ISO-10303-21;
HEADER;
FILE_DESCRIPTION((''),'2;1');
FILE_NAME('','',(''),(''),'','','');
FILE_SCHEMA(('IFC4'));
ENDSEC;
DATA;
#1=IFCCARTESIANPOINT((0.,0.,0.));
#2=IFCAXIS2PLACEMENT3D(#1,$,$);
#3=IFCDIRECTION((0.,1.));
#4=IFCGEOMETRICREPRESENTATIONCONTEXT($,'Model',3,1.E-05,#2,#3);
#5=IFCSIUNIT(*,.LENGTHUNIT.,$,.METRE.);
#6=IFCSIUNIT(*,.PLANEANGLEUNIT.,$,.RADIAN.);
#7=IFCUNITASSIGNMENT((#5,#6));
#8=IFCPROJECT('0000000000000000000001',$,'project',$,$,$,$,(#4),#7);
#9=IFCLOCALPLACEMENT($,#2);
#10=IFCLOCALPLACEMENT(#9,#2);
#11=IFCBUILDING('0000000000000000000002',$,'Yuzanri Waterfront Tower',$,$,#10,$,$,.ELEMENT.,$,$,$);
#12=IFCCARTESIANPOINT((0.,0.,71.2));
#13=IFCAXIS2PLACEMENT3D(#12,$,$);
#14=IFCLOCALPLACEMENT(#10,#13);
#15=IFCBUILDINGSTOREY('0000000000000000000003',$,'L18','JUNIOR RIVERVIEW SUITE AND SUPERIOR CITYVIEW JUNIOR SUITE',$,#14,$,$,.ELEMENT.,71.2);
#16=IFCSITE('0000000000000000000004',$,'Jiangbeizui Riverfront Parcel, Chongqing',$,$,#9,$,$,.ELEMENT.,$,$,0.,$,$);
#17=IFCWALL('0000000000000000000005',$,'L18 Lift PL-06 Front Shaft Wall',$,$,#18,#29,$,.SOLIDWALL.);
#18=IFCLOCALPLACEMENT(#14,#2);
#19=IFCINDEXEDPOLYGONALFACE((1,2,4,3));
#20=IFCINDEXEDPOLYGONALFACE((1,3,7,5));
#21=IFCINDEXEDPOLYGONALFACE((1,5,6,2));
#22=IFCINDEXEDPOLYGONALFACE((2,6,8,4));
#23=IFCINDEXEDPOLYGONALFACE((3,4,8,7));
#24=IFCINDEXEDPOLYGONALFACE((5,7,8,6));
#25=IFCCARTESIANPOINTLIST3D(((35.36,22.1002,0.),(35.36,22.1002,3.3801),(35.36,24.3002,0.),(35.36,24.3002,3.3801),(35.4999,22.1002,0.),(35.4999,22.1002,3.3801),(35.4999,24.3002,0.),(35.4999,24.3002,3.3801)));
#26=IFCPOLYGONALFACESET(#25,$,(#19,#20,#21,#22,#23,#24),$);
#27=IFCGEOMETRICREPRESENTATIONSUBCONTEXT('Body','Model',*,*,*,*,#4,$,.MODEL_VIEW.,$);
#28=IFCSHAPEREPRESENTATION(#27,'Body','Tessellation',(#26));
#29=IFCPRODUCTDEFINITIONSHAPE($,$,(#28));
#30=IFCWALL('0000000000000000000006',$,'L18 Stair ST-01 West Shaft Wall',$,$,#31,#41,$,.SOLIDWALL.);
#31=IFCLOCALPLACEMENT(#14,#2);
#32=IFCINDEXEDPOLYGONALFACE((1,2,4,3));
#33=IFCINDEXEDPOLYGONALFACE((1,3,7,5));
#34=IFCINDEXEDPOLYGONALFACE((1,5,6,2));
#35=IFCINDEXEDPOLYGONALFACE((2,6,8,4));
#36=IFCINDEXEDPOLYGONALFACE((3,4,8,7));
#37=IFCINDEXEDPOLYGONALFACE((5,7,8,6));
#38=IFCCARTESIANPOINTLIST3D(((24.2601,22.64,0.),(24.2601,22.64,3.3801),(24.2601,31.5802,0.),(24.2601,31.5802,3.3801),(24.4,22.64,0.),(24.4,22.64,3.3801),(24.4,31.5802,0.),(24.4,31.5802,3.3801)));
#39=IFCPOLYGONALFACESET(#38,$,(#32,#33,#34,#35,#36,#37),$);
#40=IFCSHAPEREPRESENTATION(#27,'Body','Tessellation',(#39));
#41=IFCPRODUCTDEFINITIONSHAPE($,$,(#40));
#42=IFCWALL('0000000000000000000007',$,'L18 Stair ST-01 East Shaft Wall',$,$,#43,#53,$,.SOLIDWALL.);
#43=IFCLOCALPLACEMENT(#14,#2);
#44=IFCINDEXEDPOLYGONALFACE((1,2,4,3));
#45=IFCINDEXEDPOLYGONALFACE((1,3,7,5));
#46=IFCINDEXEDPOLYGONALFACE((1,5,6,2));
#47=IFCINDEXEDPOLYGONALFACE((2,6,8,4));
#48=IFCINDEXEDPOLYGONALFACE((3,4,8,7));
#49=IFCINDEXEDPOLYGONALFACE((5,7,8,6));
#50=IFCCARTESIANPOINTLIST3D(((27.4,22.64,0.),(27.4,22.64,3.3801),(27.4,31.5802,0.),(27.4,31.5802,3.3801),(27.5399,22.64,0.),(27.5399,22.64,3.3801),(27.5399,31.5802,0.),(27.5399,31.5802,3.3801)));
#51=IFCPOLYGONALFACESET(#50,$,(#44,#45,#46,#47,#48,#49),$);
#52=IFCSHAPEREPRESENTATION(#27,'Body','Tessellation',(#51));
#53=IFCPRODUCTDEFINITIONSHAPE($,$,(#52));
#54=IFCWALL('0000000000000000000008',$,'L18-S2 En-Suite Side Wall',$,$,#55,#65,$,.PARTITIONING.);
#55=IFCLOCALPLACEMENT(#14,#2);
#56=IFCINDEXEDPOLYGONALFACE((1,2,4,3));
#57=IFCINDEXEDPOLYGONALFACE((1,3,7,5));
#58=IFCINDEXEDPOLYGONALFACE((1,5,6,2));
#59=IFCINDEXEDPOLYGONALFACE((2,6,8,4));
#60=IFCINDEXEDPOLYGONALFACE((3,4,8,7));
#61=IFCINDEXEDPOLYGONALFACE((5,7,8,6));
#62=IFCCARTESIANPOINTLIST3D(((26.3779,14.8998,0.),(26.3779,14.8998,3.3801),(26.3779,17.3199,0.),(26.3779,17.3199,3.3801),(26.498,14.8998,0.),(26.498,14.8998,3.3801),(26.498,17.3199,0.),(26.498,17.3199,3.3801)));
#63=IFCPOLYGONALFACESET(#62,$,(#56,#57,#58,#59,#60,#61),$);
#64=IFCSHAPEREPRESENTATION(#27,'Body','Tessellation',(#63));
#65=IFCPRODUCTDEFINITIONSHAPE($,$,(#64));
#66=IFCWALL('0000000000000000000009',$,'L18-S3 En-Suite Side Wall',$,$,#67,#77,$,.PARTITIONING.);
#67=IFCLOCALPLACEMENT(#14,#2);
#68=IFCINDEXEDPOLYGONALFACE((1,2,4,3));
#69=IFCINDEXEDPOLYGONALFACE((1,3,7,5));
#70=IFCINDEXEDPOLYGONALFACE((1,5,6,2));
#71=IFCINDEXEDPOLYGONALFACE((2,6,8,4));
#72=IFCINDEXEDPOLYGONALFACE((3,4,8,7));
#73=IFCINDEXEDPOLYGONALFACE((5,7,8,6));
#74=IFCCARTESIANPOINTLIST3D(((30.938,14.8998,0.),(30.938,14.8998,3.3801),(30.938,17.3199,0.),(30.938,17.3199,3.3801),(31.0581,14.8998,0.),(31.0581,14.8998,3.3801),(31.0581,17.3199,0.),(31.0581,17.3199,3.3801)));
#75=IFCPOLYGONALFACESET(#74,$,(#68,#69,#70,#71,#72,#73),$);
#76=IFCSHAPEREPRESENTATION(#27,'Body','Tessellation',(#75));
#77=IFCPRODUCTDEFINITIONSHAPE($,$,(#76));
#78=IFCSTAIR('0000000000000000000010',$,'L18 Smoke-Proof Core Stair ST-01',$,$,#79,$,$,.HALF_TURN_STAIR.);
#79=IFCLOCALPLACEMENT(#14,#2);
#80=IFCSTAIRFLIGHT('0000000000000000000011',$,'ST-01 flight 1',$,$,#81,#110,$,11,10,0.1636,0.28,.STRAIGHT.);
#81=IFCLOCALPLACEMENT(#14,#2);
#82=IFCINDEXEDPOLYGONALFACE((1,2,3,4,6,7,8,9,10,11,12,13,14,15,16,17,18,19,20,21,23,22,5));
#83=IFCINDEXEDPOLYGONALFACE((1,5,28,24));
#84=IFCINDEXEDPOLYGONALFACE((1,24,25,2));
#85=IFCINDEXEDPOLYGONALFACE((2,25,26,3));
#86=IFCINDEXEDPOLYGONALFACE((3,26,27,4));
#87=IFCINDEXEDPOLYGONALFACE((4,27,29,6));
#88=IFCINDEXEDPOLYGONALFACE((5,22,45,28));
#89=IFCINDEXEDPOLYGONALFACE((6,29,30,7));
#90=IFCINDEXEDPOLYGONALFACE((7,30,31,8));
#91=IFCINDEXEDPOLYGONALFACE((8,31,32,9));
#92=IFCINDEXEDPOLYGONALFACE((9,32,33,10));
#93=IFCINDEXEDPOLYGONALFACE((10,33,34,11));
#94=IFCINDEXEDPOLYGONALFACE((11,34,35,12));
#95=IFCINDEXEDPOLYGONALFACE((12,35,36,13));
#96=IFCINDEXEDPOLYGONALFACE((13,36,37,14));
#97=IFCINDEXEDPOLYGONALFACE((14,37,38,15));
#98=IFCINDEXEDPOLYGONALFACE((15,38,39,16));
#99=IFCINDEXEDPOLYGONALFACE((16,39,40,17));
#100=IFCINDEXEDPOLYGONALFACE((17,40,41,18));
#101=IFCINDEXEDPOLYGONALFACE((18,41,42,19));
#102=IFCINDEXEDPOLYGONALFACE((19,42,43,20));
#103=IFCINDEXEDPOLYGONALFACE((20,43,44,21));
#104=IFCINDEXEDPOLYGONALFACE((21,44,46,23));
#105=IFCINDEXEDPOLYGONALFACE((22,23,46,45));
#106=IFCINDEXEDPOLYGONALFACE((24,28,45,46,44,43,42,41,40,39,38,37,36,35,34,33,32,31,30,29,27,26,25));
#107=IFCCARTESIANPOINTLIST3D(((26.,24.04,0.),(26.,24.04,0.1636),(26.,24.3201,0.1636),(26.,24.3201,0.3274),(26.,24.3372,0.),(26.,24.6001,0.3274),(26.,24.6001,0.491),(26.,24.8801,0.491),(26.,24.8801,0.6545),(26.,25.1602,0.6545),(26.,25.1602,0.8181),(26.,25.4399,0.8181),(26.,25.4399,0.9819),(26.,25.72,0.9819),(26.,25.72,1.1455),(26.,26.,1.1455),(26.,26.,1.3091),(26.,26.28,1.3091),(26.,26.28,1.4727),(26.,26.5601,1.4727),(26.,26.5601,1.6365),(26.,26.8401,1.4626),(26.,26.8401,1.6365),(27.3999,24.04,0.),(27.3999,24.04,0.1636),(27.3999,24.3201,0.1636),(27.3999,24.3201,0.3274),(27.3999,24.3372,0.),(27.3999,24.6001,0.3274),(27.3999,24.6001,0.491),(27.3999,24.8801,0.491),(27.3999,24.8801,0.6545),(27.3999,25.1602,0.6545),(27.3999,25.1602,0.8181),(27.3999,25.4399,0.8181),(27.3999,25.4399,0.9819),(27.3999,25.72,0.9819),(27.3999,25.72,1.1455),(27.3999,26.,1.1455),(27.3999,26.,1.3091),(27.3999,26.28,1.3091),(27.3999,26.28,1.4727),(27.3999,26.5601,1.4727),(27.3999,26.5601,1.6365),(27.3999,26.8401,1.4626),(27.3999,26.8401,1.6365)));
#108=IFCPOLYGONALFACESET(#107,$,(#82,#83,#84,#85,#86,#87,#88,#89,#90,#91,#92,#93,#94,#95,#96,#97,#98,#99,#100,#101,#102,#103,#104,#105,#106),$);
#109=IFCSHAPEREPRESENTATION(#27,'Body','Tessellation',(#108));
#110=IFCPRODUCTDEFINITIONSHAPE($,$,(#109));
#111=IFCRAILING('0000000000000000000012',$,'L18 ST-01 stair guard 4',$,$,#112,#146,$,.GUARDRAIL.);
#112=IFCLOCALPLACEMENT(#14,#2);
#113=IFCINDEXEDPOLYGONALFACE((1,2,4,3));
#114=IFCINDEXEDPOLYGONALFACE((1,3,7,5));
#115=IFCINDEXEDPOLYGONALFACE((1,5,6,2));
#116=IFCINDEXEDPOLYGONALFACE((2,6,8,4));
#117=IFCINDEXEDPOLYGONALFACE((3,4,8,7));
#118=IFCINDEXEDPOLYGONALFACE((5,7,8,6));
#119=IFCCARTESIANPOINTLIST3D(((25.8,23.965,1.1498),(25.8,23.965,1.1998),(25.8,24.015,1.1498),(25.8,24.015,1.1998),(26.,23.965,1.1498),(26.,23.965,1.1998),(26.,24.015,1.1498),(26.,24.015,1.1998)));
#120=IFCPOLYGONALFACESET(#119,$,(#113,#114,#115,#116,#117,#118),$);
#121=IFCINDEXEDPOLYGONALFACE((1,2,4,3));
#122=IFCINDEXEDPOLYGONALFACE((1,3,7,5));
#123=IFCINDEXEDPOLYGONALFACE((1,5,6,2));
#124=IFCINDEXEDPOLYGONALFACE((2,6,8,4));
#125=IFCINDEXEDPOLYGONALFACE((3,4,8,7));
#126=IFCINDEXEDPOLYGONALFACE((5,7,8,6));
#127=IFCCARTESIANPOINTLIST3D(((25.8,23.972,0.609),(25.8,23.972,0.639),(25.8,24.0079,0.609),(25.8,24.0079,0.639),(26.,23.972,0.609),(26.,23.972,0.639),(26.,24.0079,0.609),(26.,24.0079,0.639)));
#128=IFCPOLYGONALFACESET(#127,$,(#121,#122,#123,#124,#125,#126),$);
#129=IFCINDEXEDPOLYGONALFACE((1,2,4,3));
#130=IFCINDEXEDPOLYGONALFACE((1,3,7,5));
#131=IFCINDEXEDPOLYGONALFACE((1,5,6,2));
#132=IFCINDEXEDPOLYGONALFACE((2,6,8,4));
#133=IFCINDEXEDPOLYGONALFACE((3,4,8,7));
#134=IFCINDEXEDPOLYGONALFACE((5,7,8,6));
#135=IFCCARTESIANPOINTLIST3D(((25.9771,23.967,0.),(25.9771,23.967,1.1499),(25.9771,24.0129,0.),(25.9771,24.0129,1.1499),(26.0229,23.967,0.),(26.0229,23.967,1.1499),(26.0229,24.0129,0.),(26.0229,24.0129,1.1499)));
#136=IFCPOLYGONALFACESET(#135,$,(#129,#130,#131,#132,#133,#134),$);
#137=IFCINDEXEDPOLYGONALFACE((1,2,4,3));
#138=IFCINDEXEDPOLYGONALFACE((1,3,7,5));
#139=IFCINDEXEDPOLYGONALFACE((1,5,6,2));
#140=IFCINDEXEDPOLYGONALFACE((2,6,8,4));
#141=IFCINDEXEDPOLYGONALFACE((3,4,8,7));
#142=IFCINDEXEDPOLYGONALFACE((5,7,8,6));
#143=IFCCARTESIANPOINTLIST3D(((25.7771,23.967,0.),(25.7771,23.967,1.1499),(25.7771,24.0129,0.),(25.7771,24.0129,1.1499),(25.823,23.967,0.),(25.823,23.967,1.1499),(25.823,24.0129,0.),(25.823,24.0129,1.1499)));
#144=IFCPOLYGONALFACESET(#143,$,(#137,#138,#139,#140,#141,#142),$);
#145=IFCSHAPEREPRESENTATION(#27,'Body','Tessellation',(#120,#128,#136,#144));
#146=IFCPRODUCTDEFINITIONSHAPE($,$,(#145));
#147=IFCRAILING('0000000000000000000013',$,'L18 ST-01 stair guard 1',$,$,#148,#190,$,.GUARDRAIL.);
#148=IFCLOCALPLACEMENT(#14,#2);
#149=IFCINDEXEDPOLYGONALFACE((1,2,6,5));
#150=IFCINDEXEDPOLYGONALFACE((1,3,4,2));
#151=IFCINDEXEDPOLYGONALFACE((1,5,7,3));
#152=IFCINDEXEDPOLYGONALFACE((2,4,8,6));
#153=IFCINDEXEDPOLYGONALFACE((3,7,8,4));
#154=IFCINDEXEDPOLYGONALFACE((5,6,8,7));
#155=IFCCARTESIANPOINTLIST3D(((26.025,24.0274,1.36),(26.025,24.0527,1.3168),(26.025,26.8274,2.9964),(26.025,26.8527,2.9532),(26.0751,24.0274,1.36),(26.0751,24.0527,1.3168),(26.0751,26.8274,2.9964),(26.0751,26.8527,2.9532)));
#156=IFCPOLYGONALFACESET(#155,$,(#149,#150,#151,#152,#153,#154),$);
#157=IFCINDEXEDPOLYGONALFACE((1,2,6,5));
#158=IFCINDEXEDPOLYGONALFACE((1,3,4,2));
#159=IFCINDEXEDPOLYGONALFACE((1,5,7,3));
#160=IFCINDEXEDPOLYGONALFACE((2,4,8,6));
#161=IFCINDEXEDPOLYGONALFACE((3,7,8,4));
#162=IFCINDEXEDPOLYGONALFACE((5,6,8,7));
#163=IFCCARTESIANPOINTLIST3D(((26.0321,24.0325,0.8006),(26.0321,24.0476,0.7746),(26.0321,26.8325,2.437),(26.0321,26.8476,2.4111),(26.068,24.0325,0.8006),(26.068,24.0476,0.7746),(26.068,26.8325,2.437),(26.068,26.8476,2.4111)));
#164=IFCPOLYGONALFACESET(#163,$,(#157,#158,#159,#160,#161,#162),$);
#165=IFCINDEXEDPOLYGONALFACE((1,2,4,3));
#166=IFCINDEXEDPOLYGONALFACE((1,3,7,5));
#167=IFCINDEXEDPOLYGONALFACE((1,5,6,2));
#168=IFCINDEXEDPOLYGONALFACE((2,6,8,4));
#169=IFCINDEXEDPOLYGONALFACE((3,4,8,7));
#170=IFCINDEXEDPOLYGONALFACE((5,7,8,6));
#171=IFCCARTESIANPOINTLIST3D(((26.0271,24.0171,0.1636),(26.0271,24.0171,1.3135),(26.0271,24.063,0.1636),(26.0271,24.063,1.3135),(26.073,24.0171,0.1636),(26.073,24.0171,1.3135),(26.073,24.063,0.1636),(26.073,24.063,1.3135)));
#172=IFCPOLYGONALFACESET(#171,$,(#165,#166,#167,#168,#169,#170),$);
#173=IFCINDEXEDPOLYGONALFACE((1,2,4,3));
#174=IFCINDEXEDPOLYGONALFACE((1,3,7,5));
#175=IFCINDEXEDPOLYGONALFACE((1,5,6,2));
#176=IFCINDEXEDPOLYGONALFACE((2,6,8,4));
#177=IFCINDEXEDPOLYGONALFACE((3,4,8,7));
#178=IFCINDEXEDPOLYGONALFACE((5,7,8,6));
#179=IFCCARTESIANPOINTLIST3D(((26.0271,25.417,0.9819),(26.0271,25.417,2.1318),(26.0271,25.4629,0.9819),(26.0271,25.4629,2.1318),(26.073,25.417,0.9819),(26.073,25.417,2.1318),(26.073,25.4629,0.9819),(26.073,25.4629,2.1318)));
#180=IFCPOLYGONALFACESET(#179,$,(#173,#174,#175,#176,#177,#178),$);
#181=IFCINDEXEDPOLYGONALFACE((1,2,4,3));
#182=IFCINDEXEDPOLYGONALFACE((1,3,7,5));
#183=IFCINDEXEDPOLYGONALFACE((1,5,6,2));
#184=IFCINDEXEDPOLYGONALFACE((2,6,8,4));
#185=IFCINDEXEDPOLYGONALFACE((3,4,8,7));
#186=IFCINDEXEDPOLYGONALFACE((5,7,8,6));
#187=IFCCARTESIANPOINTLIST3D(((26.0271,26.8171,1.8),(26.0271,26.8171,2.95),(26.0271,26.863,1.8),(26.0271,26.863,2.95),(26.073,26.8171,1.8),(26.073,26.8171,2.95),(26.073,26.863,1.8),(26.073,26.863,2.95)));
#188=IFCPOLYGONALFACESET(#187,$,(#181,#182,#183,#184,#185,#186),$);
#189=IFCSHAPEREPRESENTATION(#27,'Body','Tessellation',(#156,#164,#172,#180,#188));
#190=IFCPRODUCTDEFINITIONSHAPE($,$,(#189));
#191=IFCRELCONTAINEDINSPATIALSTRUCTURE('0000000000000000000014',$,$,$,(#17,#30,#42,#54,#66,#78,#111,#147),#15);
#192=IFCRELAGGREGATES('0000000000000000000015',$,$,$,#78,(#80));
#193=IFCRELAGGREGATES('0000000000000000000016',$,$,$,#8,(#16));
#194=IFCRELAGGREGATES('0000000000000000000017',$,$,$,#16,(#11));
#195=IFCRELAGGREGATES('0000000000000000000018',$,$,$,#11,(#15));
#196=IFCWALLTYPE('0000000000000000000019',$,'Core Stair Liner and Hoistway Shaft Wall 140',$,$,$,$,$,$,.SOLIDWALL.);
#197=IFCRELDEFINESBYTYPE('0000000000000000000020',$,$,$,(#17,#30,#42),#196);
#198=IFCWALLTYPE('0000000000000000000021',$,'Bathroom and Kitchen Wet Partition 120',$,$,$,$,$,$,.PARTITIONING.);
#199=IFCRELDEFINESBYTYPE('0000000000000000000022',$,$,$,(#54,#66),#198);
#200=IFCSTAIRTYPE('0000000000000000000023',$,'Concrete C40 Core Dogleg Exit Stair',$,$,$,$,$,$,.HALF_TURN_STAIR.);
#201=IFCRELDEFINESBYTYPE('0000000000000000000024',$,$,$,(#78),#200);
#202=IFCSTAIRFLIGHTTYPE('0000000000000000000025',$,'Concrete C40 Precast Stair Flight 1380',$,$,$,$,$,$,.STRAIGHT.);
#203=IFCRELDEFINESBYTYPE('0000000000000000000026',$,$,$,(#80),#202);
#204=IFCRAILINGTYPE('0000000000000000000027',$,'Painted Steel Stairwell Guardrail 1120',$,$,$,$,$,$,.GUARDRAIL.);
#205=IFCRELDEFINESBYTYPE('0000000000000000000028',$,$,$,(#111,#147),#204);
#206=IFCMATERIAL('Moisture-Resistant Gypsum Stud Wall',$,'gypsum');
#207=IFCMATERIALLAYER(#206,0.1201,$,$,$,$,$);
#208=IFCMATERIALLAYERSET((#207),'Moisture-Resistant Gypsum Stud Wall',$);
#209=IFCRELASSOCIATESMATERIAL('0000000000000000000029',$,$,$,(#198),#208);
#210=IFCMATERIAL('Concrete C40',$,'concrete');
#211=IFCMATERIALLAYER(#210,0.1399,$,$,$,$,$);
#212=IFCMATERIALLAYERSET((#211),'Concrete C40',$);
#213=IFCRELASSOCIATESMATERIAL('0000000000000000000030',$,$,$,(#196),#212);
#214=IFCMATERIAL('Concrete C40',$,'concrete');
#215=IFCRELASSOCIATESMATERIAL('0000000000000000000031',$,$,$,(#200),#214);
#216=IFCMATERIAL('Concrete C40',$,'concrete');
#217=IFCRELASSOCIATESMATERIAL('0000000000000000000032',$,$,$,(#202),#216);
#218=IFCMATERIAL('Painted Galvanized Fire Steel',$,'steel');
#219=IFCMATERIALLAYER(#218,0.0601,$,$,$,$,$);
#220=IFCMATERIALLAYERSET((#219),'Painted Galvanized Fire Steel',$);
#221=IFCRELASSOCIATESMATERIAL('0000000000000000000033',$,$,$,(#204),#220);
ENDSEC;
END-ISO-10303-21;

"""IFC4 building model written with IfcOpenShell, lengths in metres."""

from ifc_helpers import new_model, si_unit, direction, frame, frame_2d, origin, origin_2d, place, context, subcontext, project, spatial, polyline, rectangle, outline, extrude, source, transform, mapped, material, layer, layer_set, type_object, element, aggregate, save


model = new_model("IFC4")

# Units and contexts
model_context = context("Model", 3, precision=1e-05, world=origin(), true_north=direction((0.0, 1.0)))
body_context = subcontext(model_context, "Body", "Model", "MODEL_VIEW")
ifc_project = project(units=[si_unit("LENGTHUNIT", "METRE"), si_unit("PLANEANGLEUNIT", "RADIAN")], contexts=[model_context])

# Site, building, storey
site_placement = place(None, origin())
site = spatial("IfcSite", under=ifc_project, at=site_placement, Name="Jiangbeizui Riverfront Parcel, Chongqing", CompositionType="ELEMENT", RefElevation=0.0)
building_placement = place(site_placement, origin())
building = spatial("IfcBuilding", under=site, at=building_placement, Name="Yuzanri Waterfront Tower", CompositionType="ELEMENT")
storey_placement = place(building_placement, frame((0.0, 0.0, 71.2)))
storey = spatial("IfcBuildingStorey", under=building, at=storey_placement, Name="L18", Description="JUNIOR RIVERVIEW SUITE AND SUPERIOR CITYVIEW JUNIOR SUITE", CompositionType="ELEMENT", Elevation=71.2)

# Shared definitions
ifc_material_1 = material(Name="Moisture-Resistant Gypsum Stud Wall", Category="gypsum")
ifc_layer_1 = layer(ifc_material_1, 0.1201)
ifc_layer_set_1 = layer_set([ifc_layer_1], Name="Moisture-Resistant Gypsum Stud Wall")
wall_type_1 = type_object("IfcWallType", Name="Bathroom and Kitchen Wet Partition 120", PredefinedType="PARTITIONING", material=ifc_layer_set_1)
ifc_material_2 = material(Name="Concrete C40", Category="concrete")
ifc_layer_2 = layer(ifc_material_2, 0.1399)
ifc_layer_set_2 = layer_set([ifc_layer_2], Name="Concrete C40")
wall_type_2 = type_object("IfcWallType", Name="Core Stair Liner and Hoistway Shaft Wall 140", PredefinedType="SOLIDWALL", material=ifc_layer_set_2)

# Walls
shared_shape_1 = source(origin(), body_context, "Body", "SweptSolid", [
    extrude(rectangle(XDim=2.2, YDim=0.1399, at=frame_2d((1.1001, 0.0))), origin(), (0.0, 0.0, 1.0), 3.3801),
])
wall_1_placement = place(storey_placement, frame((35.4299, 22.1001, 0.0), z_axis=(0.0, 0.0, 1.0), x_axis=(0.0, 1.0, 0.0)))
element("IfcWall", 1, at=wall_1_placement, inside=storey, type_object=wall_type_2, Name="L18 Lift PL-06 Front Shaft Wall", PredefinedType="SOLIDWALL", context=body_context, shape_type="MappedRepresentation", body=[
    mapped(shared_shape_1, transform((0.0, 0.0, 0.0), scale=1.0)),
])
shared_shape_2 = source(origin(), body_context, "Body", "SweptSolid", [
    extrude(rectangle(XDim=8.9402, YDim=0.1399, at=frame_2d((4.4702, 0.0))), origin(), (0.0, 0.0, 1.0), 3.3801),
])
for number, where, z_axis, x_axis, name in (
    (2, (24.3301, 22.6399, 0.0), (0.0, 0.0, 1.0), (0.0, 1.0, 0.0), "L18 Stair ST-01 West Shaft Wall"),
    (3, (27.47, 22.6399, 0.0), (0.0, 0.0, 1.0), (0.0, 1.0, 0.0), "L18 Stair ST-01 East Shaft Wall"),
):
    element("IfcWall", number, at=place(storey_placement, frame(where, z_axis=z_axis, x_axis=x_axis)), inside=storey, type_object=wall_type_2, Name=name, PredefinedType="SOLIDWALL", context=body_context, shape_type="MappedRepresentation", body=[
        mapped(shared_shape_2, transform((0.0, 0.0, 0.0), scale=1.0)),
    ])
shared_shape_3 = source(origin(), body_context, "Body", "SweptSolid", [
    extrude(rectangle(XDim=2.4202, YDim=0.1201, at=frame_2d((1.21, 0.0))), origin(), (0.0, 0.0, 1.0), 3.3801),
])
for number, where, z_axis, x_axis, name in (
    (4, (26.438, 14.8999, 0.0), (0.0, 0.0, 1.0), (0.0, 1.0, 0.0), "L18-S2 En-Suite Side Wall"),
    (5, (30.998, 14.8999, 0.0), (0.0, 0.0, 1.0), (0.0, 1.0, 0.0), "L18-S3 En-Suite Side Wall"),
):
    element("IfcWall", number, at=place(storey_placement, frame(where, z_axis=z_axis, x_axis=x_axis)), inside=storey, type_object=wall_type_1, Name=name, PredefinedType="PARTITIONING", context=body_context, shape_type="MappedRepresentation", body=[
        mapped(shared_shape_3, transform((0.0, 0.0, 0.0), scale=1.0)),
    ])

# Stair, stair flight
ifc_material_3 = material(Name="Concrete C40", Category="concrete")
stair_type = type_object("IfcStairType", Name="Concrete C40 Core Dogleg Exit Stair", PredefinedType="HALF_TURN_STAIR", material=ifc_material_3)
stair_placement = place(storey_placement, origin())
stair = element("IfcStair", 6, at=stair_placement, inside=storey, type_object=stair_type, Name="L18 Smoke-Proof Core Stair ST-01", PredefinedType="HALF_TURN_STAIR")
ifc_material_4 = material(Name="Concrete C40", Category="concrete")
stair_flight_type = type_object("IfcStairFlightType", Name="Concrete C40 Precast Stair Flight 1380", PredefinedType="STRAIGHT", material=ifc_material_4)
shared_shape_4 = source(origin(), body_context, "Body", "SweptSolid", [
    extrude(outline(polyline([(0.0, 0.0), (0.0, 0.1636), (0.28, 0.1636), (0.28, 0.3274), (0.5601, 0.3274), (0.5601, 0.491), (0.8401, 0.491), (0.8401, 0.6545), (1.1201, 0.6545), (1.1201, 0.8181), (1.3999, 0.8181), (1.3999, 0.9819), (1.6799, 0.9819), (1.6799, 1.1455), (1.96, 1.1455), (1.96, 1.3091), (2.24, 1.3091), (2.24, 1.4727), (2.52, 1.4727), (2.52, 1.6365), (2.8, 1.6365), (2.8, 1.8), (2.8, 1.4626), (0.2971, 0.0), (0.0, 0.0)])), frame((0.0, 0.7, 0.0), z_axis=(0.0, -1.0, 0.0), x_axis=(1.0, 0.0, 0.0)), (0.0, 0.0, 1.0), 1.3999),
])
stair_flight_placement = place(storey_placement, frame((26.7, 24.04, 0.0), z_axis=(0.0, 0.0, 1.0), x_axis=(0.0, 1.0, 0.0)))
stair_flight = element("IfcStairFlight", 7, at=stair_flight_placement, type_object=stair_flight_type, Name="ST-01 flight 1", NumberOfRisers=11, NumberOfTreads=10, PredefinedType="STRAIGHT", RiserHeight=0.1636, TreadLength=0.28, context=body_context, shape_type="MappedRepresentation", body=[
    mapped(shared_shape_4, transform((0.0, 0.0, 0.0), scale=1.0)),
])
aggregate(stair, [stair_flight])

# Railings
ifc_material_5 = material(Name="Painted Galvanized Fire Steel", Category="steel")
ifc_layer_3 = layer(ifc_material_5, 0.0601)
ifc_layer_set_3 = layer_set([ifc_layer_3], Name="Painted Galvanized Fire Steel")
railing_type = type_object("IfcRailingType", Name="Painted Steel Stairwell Guardrail 1120", PredefinedType="GUARDRAIL", material=ifc_layer_set_3)
shared_shape_5 = source(origin(), body_context, "Body", "SweptSolid", [
    extrude(rectangle(XDim=0.05, YDim=0.05, at=origin_2d()), frame((0.0, 0.0, 1.1748), z_axis=(-1.0, 0.0, 0.0), x_axis=(0.0, -1.0, 0.0)), (0.0, 0.0, 1.0), 0.2),
    extrude(rectangle(XDim=0.0359, YDim=0.03, at=origin_2d()), frame((0.0, 0.0, 0.624), z_axis=(-1.0, 0.0, 0.0), x_axis=(0.0, -1.0, 0.0)), (0.0, 0.0, 1.0), 0.2),
    extrude(rectangle(XDim=0.0459, YDim=0.0459, at=origin_2d()), origin(), (0.0, 0.0, 1.0), 1.1499),
    extrude(rectangle(XDim=0.0459, YDim=0.0459, at=origin_2d()), frame((-0.2, 0.0, 0.0)), (0.0, 0.0, 1.0), 1.1499),
])
railing_1_placement = place(storey_placement, frame((26.0, 23.99, 0.0)))
element("IfcRailing", 8, at=railing_1_placement, inside=storey, type_object=railing_type, Name="L18 ST-01 stair guard 4", PredefinedType="GUARDRAIL", context=body_context, shape_type="MappedRepresentation", body=[
    mapped(shared_shape_5, transform((0.0, 0.0, 0.0), scale=1.0)),
])
shared_shape_6 = source(origin(), body_context, "Body", "SweptSolid", [
    extrude(rectangle(XDim=0.05, YDim=0.05, at=origin_2d()), frame((0.0, 0.0, 1.1748), z_axis=(0.0, 0.863361, 0.504587), x_axis=(-1.0, 0.0, 0.0)), (0.0, 0.0, 1.0), 3.2432),
    extrude(rectangle(XDim=0.0359, YDim=0.03, at=origin_2d()), frame((0.0, 0.0, 0.624), z_axis=(0.0, 0.863361, 0.504587), x_axis=(-1.0, 0.0, 0.0)), (0.0, 0.0, 1.0), 3.2432),
    extrude(rectangle(XDim=0.0459, YDim=0.0459, at=origin_2d()), origin(), (0.0, 0.0, 1.0), 1.1499),
    extrude(rectangle(XDim=0.0459, YDim=0.0459, at=origin_2d()), frame((0.0, 1.3999, 0.8184)), (0.0, 0.0, 1.0), 1.1499),
    extrude(rectangle(XDim=0.0459, YDim=0.0459, at=origin_2d()), frame((0.0, 2.8, 1.6365)), (0.0, 0.0, 1.0), 1.1499),
])
railing_2_placement = place(storey_placement, frame((26.05, 24.04, 0.1636)))
element("IfcRailing", 9, at=railing_2_placement, inside=storey, type_object=railing_type, Name="L18 ST-01 stair guard 1", PredefinedType="GUARDRAIL", context=body_context, shape_type="MappedRepresentation", body=[
    mapped(shared_shape_6, transform((0.0, 0.0, 0.0), scale=1.0)),
])

save(model, "model.ifc")
